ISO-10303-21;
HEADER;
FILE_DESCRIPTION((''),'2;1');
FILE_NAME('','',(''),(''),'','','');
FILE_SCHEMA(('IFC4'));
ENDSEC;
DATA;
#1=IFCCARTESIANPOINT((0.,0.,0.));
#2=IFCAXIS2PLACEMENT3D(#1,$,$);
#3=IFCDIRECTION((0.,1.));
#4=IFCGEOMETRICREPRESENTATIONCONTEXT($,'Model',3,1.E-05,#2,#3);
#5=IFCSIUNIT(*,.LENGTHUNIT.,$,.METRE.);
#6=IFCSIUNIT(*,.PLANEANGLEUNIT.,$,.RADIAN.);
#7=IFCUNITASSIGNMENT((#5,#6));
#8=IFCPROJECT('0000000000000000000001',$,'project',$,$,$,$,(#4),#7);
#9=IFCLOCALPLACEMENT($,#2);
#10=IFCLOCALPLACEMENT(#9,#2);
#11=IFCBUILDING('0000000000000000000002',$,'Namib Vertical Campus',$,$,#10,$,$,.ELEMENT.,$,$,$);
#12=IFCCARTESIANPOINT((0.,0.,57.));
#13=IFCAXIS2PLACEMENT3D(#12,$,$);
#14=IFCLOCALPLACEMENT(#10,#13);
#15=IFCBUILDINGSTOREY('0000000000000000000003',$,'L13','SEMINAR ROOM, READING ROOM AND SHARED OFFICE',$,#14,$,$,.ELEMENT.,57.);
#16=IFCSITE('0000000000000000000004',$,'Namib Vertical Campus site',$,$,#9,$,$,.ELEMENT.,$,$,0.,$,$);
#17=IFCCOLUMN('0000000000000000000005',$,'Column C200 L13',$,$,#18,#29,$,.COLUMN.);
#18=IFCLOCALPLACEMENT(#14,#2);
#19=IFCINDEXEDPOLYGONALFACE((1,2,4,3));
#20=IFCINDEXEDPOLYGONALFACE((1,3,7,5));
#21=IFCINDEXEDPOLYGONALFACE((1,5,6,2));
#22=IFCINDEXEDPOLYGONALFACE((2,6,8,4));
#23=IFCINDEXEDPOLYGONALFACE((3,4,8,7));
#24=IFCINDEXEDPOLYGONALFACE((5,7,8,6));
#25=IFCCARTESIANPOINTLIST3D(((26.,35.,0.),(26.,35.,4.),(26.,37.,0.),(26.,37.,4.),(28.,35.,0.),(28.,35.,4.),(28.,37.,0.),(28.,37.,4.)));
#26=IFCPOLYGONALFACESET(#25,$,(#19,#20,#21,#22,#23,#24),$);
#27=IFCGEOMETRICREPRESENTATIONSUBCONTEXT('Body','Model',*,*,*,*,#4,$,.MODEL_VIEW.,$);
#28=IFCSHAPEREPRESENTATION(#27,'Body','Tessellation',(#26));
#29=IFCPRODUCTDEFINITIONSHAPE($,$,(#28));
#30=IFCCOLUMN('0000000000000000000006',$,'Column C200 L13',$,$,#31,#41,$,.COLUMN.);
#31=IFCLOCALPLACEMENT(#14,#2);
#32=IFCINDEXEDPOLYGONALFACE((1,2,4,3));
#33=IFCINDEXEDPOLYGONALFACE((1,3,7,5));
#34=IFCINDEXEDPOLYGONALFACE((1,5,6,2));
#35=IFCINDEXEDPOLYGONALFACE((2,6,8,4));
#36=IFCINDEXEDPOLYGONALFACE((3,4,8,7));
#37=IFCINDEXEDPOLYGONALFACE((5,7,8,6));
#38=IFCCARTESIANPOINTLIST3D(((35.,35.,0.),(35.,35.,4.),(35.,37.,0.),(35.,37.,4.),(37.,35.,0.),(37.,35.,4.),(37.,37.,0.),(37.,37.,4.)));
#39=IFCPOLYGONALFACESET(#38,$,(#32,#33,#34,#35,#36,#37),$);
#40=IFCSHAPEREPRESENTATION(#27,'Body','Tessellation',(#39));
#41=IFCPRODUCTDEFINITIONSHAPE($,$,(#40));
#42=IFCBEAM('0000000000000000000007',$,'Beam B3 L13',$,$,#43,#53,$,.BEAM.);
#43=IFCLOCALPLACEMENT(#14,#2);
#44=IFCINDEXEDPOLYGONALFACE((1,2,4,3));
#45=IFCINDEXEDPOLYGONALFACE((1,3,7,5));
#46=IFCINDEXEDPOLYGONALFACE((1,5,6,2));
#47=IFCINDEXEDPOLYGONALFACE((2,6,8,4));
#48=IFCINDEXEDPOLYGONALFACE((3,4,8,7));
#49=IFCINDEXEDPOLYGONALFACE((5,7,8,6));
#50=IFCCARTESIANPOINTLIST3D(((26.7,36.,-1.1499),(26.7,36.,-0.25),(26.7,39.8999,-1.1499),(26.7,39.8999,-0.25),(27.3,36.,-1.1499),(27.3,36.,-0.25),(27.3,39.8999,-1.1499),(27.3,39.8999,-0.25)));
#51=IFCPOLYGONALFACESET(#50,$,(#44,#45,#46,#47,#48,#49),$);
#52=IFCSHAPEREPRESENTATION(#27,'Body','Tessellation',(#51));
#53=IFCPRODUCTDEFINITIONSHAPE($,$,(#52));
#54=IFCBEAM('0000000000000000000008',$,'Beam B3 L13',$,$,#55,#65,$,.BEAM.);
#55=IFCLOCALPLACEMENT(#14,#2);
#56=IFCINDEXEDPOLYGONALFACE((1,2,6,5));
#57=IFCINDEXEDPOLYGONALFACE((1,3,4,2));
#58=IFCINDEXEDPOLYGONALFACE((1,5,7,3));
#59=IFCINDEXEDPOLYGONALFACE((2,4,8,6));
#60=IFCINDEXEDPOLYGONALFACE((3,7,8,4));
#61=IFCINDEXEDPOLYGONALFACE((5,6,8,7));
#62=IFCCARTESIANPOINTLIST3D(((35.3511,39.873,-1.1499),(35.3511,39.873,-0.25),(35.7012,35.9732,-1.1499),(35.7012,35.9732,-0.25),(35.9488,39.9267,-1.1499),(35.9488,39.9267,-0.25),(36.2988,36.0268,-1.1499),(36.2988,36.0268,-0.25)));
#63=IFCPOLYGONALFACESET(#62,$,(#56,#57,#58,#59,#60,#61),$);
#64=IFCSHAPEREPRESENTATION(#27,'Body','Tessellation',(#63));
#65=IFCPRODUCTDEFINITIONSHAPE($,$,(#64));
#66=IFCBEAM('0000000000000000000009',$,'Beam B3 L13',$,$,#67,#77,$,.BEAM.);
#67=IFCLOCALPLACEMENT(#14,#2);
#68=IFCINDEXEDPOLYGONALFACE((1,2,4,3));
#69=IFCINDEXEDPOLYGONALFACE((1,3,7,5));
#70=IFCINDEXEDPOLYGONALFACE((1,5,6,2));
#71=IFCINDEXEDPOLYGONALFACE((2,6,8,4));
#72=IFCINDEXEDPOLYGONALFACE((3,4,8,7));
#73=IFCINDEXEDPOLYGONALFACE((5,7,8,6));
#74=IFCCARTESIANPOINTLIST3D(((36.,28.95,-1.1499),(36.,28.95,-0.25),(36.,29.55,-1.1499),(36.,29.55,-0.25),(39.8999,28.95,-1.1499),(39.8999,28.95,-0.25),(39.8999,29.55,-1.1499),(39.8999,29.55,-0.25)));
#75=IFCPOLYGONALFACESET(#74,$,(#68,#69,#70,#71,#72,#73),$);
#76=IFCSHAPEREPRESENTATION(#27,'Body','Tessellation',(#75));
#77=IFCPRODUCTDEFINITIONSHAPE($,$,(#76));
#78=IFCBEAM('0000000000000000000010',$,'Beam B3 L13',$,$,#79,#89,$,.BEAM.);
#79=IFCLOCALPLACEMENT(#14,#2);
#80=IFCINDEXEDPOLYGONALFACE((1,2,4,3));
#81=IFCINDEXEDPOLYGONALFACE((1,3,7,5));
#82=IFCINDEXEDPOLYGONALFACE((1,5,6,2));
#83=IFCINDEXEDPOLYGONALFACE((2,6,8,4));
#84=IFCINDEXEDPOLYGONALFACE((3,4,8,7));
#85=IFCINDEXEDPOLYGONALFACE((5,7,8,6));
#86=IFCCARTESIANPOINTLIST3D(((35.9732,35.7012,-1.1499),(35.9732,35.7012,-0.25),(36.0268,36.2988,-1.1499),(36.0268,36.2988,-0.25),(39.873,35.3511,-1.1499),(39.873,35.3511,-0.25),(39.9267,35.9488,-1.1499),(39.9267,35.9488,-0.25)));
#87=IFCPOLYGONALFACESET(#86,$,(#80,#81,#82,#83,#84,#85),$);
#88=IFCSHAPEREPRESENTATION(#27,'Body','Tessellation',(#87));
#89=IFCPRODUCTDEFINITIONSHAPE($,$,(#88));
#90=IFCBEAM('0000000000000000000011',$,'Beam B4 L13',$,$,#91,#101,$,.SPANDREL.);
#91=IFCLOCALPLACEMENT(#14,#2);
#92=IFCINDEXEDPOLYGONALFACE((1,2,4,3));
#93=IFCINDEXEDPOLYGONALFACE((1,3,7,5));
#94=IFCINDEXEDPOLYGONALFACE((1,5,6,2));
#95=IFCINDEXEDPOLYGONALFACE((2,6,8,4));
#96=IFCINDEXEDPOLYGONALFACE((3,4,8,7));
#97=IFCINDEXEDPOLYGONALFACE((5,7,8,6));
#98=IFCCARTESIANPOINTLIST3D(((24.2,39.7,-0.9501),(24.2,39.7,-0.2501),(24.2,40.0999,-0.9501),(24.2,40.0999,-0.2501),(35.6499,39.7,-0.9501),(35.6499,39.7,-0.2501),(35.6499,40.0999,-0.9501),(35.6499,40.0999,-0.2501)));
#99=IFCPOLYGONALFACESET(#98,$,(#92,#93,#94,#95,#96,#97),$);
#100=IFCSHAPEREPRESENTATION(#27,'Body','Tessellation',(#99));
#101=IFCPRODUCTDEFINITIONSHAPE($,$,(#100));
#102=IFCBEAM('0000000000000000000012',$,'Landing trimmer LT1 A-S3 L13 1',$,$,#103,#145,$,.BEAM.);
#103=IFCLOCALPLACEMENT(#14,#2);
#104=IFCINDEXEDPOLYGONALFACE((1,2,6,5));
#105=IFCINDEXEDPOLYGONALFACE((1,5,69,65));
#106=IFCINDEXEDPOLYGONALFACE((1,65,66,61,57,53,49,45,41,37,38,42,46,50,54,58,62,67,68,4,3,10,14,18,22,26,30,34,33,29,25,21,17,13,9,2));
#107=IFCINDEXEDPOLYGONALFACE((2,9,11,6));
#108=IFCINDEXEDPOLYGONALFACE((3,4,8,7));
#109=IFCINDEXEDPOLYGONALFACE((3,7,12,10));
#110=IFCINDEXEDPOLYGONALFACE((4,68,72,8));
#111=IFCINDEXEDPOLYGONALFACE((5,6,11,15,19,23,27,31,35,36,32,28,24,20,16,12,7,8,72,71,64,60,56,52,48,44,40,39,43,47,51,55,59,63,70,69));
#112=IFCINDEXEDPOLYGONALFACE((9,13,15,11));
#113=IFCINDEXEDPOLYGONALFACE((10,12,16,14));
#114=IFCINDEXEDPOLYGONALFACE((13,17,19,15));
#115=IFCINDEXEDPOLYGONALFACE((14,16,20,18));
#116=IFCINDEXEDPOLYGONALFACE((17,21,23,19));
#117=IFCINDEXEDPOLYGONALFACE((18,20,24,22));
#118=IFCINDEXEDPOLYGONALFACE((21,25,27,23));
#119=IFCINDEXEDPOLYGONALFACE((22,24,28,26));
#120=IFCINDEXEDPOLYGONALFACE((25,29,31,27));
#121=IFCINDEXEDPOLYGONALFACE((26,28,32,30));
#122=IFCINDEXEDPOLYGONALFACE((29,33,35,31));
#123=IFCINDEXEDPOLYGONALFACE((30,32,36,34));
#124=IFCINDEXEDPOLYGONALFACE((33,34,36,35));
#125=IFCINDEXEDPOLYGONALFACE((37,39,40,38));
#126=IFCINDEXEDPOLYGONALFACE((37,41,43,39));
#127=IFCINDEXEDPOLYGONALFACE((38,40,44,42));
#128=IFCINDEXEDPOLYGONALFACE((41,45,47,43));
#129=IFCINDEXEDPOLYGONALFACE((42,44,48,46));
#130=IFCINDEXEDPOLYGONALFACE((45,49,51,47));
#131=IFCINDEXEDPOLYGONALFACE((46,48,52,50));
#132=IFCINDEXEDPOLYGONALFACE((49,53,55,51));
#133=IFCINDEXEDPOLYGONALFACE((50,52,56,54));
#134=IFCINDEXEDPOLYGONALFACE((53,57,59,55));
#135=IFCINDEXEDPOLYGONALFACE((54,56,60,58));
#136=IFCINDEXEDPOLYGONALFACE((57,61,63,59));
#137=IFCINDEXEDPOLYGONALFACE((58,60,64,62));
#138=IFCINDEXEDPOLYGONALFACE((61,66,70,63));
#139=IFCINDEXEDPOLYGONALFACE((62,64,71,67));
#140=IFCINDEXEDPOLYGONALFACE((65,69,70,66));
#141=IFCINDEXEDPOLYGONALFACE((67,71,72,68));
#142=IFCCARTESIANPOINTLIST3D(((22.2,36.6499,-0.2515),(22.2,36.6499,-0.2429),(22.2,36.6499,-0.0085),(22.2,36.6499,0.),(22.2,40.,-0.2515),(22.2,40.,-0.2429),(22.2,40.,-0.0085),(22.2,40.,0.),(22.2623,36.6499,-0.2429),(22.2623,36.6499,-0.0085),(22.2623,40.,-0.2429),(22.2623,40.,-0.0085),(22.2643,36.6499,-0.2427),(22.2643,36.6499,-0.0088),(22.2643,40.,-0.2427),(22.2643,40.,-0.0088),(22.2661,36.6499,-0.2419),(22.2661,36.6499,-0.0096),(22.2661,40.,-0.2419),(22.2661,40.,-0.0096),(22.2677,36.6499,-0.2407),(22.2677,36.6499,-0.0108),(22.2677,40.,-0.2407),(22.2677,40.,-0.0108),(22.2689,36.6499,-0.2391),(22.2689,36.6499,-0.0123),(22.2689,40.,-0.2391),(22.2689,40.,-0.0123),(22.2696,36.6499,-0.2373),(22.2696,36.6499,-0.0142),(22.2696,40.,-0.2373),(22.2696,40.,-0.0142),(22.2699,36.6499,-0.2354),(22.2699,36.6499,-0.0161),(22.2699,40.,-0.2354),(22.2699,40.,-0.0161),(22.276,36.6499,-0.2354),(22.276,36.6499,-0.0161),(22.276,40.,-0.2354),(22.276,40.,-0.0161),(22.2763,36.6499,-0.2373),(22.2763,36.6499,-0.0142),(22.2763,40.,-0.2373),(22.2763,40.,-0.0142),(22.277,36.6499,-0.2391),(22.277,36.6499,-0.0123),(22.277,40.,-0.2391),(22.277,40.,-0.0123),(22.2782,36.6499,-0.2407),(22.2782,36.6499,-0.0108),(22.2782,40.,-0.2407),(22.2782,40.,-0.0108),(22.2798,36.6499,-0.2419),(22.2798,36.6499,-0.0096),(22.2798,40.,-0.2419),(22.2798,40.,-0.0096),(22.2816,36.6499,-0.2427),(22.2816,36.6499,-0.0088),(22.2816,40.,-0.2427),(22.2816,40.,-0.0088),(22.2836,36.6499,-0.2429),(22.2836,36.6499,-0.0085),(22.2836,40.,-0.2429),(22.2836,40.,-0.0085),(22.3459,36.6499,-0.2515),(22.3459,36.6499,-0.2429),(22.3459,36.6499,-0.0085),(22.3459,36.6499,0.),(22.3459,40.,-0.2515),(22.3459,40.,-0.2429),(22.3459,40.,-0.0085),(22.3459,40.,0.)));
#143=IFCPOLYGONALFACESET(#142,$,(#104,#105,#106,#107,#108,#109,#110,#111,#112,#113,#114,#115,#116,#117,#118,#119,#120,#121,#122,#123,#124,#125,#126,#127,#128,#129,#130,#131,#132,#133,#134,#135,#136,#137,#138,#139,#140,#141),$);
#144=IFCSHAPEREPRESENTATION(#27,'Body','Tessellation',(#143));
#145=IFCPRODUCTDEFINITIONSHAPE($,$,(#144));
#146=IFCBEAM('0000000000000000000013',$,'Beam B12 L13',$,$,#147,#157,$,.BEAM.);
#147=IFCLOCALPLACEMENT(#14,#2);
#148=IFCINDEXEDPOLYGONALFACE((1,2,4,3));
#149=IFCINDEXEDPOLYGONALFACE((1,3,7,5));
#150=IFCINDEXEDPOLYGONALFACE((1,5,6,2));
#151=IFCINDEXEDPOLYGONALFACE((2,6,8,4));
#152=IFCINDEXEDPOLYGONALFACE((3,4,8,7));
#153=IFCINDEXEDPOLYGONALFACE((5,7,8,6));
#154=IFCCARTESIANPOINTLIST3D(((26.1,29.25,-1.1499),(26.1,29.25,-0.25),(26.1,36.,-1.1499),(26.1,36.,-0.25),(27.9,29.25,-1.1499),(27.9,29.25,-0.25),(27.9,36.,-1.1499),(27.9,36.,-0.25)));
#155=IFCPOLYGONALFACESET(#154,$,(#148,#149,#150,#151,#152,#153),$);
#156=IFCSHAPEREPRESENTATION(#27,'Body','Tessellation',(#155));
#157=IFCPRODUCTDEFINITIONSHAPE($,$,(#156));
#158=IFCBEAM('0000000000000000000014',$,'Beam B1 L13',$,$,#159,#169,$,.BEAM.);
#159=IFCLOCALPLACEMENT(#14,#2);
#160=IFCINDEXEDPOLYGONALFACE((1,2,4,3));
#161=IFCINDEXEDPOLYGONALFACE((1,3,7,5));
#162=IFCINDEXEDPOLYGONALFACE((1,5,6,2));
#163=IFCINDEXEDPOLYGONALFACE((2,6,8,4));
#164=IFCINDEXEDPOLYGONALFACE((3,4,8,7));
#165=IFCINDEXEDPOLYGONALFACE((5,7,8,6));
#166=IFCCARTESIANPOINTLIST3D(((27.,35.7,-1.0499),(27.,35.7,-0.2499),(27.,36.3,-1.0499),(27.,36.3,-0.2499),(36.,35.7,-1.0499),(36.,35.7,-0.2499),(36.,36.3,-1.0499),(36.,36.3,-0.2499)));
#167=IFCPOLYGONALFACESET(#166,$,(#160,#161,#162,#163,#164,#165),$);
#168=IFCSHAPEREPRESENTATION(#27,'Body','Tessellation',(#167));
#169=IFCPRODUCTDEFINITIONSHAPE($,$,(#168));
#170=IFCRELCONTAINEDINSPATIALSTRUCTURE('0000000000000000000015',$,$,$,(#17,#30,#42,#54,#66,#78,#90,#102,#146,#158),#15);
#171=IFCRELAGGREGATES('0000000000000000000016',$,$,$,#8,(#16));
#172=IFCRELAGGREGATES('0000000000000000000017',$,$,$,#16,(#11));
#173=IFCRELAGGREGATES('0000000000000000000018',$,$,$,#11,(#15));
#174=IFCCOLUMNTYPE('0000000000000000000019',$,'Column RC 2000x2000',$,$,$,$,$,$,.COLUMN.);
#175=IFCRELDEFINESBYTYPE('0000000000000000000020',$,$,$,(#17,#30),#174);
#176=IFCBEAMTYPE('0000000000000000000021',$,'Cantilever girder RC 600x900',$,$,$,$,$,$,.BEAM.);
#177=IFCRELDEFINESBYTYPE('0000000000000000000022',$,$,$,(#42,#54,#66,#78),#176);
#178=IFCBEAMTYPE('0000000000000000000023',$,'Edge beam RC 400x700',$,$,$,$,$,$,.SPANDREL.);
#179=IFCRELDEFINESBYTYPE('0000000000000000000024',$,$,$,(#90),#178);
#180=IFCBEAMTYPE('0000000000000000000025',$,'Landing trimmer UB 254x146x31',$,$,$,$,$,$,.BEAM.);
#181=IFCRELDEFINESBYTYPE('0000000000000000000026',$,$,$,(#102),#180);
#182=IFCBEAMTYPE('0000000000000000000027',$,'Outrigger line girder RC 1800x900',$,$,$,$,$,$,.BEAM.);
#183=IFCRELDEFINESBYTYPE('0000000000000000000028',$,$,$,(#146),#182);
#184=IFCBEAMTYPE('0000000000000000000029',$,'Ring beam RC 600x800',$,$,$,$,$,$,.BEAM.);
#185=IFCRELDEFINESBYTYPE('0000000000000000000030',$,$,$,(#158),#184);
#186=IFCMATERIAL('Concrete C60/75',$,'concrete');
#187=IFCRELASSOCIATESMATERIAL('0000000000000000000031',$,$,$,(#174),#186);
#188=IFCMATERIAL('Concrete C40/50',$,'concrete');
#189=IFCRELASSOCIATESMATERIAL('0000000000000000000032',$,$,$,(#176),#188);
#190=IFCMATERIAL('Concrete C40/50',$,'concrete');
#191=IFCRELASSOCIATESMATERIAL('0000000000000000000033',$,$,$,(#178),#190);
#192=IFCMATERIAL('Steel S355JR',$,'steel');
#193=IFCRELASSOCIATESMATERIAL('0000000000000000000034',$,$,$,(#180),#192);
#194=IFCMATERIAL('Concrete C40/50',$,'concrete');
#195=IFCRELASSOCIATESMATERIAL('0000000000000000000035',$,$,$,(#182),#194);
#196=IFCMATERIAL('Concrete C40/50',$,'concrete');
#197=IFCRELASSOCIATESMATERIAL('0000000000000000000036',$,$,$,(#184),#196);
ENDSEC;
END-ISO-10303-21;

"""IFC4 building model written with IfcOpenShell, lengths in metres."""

from ifc_helpers import new_model, si_unit, direction, frame, origin, origin_2d, place, context, subcontext, project, spatial, rectangle, i_section, extrude, material, material_profile, profile_set, type_object, element, save


model = new_model("IFC4")

# Units and contexts
model_context = context("Model", 3, precision=1e-05, world=origin(), true_north=direction((0.0, 1.0)))
body_context = subcontext(model_context, "Body", "Model", "MODEL_VIEW")
ifc_project = project(units=[si_unit("LENGTHUNIT", "METRE"), si_unit("PLANEANGLEUNIT", "RADIAN")], contexts=[model_context])

# Site, building, storey
site_placement = place(None, origin())
site = spatial("IfcSite", under=ifc_project, at=site_placement, Name="Namib Vertical Campus site", CompositionType="ELEMENT", RefElevation=0.0)
building_placement = place(site_placement, origin())
building = spatial("IfcBuilding", under=site, at=building_placement, Name="Namib Vertical Campus", CompositionType="ELEMENT")
storey_placement = place(building_placement, frame((0.0, 0.0, 57.0)))
storey = spatial("IfcBuildingStorey", under=building, at=storey_placement, Name="L13", Description="SEMINAR ROOM, READING ROOM AND SHARED OFFICE", CompositionType="ELEMENT", Elevation=57.0)

# Columns
ifc_material_1 = material(Name="Concrete C60/75", Category="concrete")
ifc_material_profile_1 = material_profile(ifc_material_1, rectangle(XDim=2.0, YDim=2.0, at=origin_2d()))
ifc_profile_set_1 = profile_set([ifc_material_profile_1], Name="Concrete C60/75")
column_type = type_object("IfcColumnType", Name="Column RC 2000x2000", PredefinedType="COLUMN", material=ifc_profile_set_1)
for number, where, z_axis, x_axis, name in (
    (1, (27.0, 36.0, 0.0), (0.0, 0.0, 1.0), (1.0, 0.0, 0.0), "Column C200 L13"),
    (2, (36.0, 36.0, 0.0), (0.0, 0.0, 1.0), (1.0, 0.0, 0.0), "Column C200 L13"),
):
    element("IfcColumn", number, at=place(storey_placement, frame(where, z_axis=z_axis, x_axis=x_axis)), inside=storey, type_object=column_type, Name=name, PredefinedType="COLUMN", context=body_context, shape_type="SweptSolid", body=[
        extrude(rectangle(XDim=2.0, YDim=2.0, at=origin_2d()), origin(), (0.0, 0.0, 1.0), 4.0),
    ])

# Beams
ifc_material_2 = material(Name="Concrete C40/50", Category="concrete")
ifc_material_profile_2 = material_profile(ifc_material_2, rectangle(XDim=0.6001, YDim=0.8999, at=origin_2d()))
ifc_profile_set_2 = profile_set([ifc_material_profile_2], Name="Concrete C40/50")
beam_type_1 = type_object("IfcBeamType", Name="Cantilever girder RC 600x900", PredefinedType="BEAM", material=ifc_profile_set_2)
beam_1_placement = place(storey_placement, frame((27.0, 36.0, -0.7), z_axis=(0.0, 1.0, 0.0), x_axis=(-1.0, 0.0, 0.0)))
element("IfcBeam", 3, at=beam_1_placement, inside=storey, type_object=beam_type_1, Name="Beam B3 L13", PredefinedType="BEAM", context=body_context, shape_type="SweptSolid", body=[
    extrude(rectangle(XDim=0.6001, YDim=0.8999, at=origin_2d()), origin(), (0.0, 0.0, 1.0), 3.8999),
])
beam_2_placement = place(storey_placement, frame((36.0, 36.0, -0.7), z_axis=(-0.089411, 0.995995, 0.0), x_axis=(-0.995995, -0.089411, 0.0)))
element("IfcBeam", 4, at=beam_2_placement, inside=storey, type_object=beam_type_1, Name="Beam B3 L13", PredefinedType="BEAM", context=body_context, shape_type="SweptSolid", body=[
    extrude(rectangle(XDim=0.6001, YDim=0.8999, at=origin_2d()), origin(), (0.0, 0.0, 1.0), 3.9155),
])
beam_3_placement = place(storey_placement, frame((36.0, 29.25, -0.7), z_axis=(1.0, 0.0, 0.0), x_axis=(0.0, 1.0, 0.0)))
element("IfcBeam", 5, at=beam_3_placement, inside=storey, type_object=beam_type_1, Name="Beam B3 L13", PredefinedType="BEAM", context=body_context, shape_type="SweptSolid", body=[
    extrude(rectangle(XDim=0.6001, YDim=0.8999, at=origin_2d()), origin(), (0.0, 0.0, 1.0), 3.8999),
])
beam_4_placement = place(storey_placement, frame((36.0, 36.0, -0.7), z_axis=(0.995995, -0.089411, 0.0), x_axis=(0.089411, 0.995995, 0.0)))
element("IfcBeam", 6, at=beam_4_placement, inside=storey, type_object=beam_type_1, Name="Beam B3 L13", PredefinedType="BEAM", context=body_context, shape_type="SweptSolid", body=[
    extrude(rectangle(XDim=0.6001, YDim=0.8999, at=origin_2d()), origin(), (0.0, 0.0, 1.0), 3.9155),
])
ifc_material_3 = material(Name="Concrete C40/50", Category="concrete")
ifc_material_profile_3 = material_profile(ifc_material_3, rectangle(XDim=0.3999, YDim=0.7, at=origin_2d()))
ifc_profile_set_3 = profile_set([ifc_material_profile_3], Name="Concrete C40/50")
beam_type_2 = type_object("IfcBeamType", Name="Edge beam RC 400x700", PredefinedType="SPANDREL", material=ifc_profile_set_3)
beam_5_placement = place(storey_placement, frame((24.2, 39.8999, -0.6001), z_axis=(1.0, 0.0, 0.0), x_axis=(0.0, 1.0, 0.0)))
element("IfcBeam", 7, at=beam_5_placement, inside=storey, type_object=beam_type_2, Name="Beam B4 L13", PredefinedType="SPANDREL", context=body_context, shape_type="SweptSolid", body=[
    extrude(rectangle(XDim=0.3999, YDim=0.7, at=origin_2d()), origin(), (0.0, 0.0, 1.0), 11.45),
])
ifc_material_4 = material(Name="Steel S355JR", Category="steel")
ifc_material_profile_4 = material_profile(ifc_material_4, i_section(OverallWidth=0.146, OverallDepth=0.2515, WebThickness=0.0061, FlangeThickness=0.0085, FilletRadius=0.0076, at=origin_2d()))
ifc_profile_set_4 = profile_set([ifc_material_profile_4], Name="Steel S355JR")
beam_type_3 = type_object("IfcBeamType", Name="Landing trimmer UB 254x146x31", PredefinedType="BEAM", material=ifc_profile_set_4)
beam_6_placement = place(storey_placement, frame((22.2729, 36.6499, -0.1257), z_axis=(0.0, 1.0, 0.0), x_axis=(-1.0, 0.0, 0.0)))
element("IfcBeam", 8, at=beam_6_placement, inside=storey, type_object=beam_type_3, Name="Landing trimmer LT1 A-S3 L13 1", PredefinedType="BEAM", context=body_context, shape_type="SweptSolid", body=[
    extrude(i_section(OverallWidth=0.146, OverallDepth=0.2515, WebThickness=0.0061, FlangeThickness=0.0085, FilletRadius=0.0076, at=origin_2d()), origin(), (0.0, 0.0, 1.0), 3.3501),
])
ifc_material_5 = material(Name="Concrete C40/50", Category="concrete")
ifc_material_profile_5 = material_profile(ifc_material_5, rectangle(XDim=1.8, YDim=0.8999, at=origin_2d()))
ifc_profile_set_5 = profile_set([ifc_material_profile_5], Name="Concrete C40/50")
beam_type_4 = type_object("IfcBeamType", Name="Outrigger line girder RC 1800x900", PredefinedType="BEAM", material=ifc_profile_set_5)
beam_7_placement = place(storey_placement, frame((27.0, 36.0, -0.7), z_axis=(0.0, -1.0, 0.0), x_axis=(1.0, 0.0, 0.0)))
element("IfcBeam", 9, at=beam_7_placement, inside=storey, type_object=beam_type_4, Name="Beam B12 L13", PredefinedType="BEAM", context=body_context, shape_type="SweptSolid", body=[
    extrude(rectangle(XDim=1.8, YDim=0.8999, at=origin_2d()), origin(), (0.0, 0.0, 1.0), 6.75),
])
ifc_material_6 = material(Name="Concrete C40/50", Category="concrete")
ifc_material_profile_6 = material_profile(ifc_material_6, rectangle(XDim=0.6001, YDim=0.8, at=origin_2d()))
ifc_profile_set_6 = profile_set([ifc_material_profile_6], Name="Concrete C40/50")
beam_type_5 = type_object("IfcBeamType", Name="Ring beam RC 600x800", PredefinedType="BEAM", material=ifc_profile_set_6)
beam_8_placement = place(storey_placement, frame((27.0, 36.0, -0.6499), z_axis=(1.0, 0.0, 0.0), x_axis=(0.0, 1.0, 0.0)))
element("IfcBeam", 10, at=beam_8_placement, inside=storey, type_object=beam_type_5, Name="Beam B1 L13", PredefinedType="BEAM", context=body_context, shape_type="SweptSolid", body=[
    extrude(rectangle(XDim=0.6001, YDim=0.8, at=origin_2d()), origin(), (0.0, 0.0, 1.0), 9.0),
])

save(model, "model.ifc")
